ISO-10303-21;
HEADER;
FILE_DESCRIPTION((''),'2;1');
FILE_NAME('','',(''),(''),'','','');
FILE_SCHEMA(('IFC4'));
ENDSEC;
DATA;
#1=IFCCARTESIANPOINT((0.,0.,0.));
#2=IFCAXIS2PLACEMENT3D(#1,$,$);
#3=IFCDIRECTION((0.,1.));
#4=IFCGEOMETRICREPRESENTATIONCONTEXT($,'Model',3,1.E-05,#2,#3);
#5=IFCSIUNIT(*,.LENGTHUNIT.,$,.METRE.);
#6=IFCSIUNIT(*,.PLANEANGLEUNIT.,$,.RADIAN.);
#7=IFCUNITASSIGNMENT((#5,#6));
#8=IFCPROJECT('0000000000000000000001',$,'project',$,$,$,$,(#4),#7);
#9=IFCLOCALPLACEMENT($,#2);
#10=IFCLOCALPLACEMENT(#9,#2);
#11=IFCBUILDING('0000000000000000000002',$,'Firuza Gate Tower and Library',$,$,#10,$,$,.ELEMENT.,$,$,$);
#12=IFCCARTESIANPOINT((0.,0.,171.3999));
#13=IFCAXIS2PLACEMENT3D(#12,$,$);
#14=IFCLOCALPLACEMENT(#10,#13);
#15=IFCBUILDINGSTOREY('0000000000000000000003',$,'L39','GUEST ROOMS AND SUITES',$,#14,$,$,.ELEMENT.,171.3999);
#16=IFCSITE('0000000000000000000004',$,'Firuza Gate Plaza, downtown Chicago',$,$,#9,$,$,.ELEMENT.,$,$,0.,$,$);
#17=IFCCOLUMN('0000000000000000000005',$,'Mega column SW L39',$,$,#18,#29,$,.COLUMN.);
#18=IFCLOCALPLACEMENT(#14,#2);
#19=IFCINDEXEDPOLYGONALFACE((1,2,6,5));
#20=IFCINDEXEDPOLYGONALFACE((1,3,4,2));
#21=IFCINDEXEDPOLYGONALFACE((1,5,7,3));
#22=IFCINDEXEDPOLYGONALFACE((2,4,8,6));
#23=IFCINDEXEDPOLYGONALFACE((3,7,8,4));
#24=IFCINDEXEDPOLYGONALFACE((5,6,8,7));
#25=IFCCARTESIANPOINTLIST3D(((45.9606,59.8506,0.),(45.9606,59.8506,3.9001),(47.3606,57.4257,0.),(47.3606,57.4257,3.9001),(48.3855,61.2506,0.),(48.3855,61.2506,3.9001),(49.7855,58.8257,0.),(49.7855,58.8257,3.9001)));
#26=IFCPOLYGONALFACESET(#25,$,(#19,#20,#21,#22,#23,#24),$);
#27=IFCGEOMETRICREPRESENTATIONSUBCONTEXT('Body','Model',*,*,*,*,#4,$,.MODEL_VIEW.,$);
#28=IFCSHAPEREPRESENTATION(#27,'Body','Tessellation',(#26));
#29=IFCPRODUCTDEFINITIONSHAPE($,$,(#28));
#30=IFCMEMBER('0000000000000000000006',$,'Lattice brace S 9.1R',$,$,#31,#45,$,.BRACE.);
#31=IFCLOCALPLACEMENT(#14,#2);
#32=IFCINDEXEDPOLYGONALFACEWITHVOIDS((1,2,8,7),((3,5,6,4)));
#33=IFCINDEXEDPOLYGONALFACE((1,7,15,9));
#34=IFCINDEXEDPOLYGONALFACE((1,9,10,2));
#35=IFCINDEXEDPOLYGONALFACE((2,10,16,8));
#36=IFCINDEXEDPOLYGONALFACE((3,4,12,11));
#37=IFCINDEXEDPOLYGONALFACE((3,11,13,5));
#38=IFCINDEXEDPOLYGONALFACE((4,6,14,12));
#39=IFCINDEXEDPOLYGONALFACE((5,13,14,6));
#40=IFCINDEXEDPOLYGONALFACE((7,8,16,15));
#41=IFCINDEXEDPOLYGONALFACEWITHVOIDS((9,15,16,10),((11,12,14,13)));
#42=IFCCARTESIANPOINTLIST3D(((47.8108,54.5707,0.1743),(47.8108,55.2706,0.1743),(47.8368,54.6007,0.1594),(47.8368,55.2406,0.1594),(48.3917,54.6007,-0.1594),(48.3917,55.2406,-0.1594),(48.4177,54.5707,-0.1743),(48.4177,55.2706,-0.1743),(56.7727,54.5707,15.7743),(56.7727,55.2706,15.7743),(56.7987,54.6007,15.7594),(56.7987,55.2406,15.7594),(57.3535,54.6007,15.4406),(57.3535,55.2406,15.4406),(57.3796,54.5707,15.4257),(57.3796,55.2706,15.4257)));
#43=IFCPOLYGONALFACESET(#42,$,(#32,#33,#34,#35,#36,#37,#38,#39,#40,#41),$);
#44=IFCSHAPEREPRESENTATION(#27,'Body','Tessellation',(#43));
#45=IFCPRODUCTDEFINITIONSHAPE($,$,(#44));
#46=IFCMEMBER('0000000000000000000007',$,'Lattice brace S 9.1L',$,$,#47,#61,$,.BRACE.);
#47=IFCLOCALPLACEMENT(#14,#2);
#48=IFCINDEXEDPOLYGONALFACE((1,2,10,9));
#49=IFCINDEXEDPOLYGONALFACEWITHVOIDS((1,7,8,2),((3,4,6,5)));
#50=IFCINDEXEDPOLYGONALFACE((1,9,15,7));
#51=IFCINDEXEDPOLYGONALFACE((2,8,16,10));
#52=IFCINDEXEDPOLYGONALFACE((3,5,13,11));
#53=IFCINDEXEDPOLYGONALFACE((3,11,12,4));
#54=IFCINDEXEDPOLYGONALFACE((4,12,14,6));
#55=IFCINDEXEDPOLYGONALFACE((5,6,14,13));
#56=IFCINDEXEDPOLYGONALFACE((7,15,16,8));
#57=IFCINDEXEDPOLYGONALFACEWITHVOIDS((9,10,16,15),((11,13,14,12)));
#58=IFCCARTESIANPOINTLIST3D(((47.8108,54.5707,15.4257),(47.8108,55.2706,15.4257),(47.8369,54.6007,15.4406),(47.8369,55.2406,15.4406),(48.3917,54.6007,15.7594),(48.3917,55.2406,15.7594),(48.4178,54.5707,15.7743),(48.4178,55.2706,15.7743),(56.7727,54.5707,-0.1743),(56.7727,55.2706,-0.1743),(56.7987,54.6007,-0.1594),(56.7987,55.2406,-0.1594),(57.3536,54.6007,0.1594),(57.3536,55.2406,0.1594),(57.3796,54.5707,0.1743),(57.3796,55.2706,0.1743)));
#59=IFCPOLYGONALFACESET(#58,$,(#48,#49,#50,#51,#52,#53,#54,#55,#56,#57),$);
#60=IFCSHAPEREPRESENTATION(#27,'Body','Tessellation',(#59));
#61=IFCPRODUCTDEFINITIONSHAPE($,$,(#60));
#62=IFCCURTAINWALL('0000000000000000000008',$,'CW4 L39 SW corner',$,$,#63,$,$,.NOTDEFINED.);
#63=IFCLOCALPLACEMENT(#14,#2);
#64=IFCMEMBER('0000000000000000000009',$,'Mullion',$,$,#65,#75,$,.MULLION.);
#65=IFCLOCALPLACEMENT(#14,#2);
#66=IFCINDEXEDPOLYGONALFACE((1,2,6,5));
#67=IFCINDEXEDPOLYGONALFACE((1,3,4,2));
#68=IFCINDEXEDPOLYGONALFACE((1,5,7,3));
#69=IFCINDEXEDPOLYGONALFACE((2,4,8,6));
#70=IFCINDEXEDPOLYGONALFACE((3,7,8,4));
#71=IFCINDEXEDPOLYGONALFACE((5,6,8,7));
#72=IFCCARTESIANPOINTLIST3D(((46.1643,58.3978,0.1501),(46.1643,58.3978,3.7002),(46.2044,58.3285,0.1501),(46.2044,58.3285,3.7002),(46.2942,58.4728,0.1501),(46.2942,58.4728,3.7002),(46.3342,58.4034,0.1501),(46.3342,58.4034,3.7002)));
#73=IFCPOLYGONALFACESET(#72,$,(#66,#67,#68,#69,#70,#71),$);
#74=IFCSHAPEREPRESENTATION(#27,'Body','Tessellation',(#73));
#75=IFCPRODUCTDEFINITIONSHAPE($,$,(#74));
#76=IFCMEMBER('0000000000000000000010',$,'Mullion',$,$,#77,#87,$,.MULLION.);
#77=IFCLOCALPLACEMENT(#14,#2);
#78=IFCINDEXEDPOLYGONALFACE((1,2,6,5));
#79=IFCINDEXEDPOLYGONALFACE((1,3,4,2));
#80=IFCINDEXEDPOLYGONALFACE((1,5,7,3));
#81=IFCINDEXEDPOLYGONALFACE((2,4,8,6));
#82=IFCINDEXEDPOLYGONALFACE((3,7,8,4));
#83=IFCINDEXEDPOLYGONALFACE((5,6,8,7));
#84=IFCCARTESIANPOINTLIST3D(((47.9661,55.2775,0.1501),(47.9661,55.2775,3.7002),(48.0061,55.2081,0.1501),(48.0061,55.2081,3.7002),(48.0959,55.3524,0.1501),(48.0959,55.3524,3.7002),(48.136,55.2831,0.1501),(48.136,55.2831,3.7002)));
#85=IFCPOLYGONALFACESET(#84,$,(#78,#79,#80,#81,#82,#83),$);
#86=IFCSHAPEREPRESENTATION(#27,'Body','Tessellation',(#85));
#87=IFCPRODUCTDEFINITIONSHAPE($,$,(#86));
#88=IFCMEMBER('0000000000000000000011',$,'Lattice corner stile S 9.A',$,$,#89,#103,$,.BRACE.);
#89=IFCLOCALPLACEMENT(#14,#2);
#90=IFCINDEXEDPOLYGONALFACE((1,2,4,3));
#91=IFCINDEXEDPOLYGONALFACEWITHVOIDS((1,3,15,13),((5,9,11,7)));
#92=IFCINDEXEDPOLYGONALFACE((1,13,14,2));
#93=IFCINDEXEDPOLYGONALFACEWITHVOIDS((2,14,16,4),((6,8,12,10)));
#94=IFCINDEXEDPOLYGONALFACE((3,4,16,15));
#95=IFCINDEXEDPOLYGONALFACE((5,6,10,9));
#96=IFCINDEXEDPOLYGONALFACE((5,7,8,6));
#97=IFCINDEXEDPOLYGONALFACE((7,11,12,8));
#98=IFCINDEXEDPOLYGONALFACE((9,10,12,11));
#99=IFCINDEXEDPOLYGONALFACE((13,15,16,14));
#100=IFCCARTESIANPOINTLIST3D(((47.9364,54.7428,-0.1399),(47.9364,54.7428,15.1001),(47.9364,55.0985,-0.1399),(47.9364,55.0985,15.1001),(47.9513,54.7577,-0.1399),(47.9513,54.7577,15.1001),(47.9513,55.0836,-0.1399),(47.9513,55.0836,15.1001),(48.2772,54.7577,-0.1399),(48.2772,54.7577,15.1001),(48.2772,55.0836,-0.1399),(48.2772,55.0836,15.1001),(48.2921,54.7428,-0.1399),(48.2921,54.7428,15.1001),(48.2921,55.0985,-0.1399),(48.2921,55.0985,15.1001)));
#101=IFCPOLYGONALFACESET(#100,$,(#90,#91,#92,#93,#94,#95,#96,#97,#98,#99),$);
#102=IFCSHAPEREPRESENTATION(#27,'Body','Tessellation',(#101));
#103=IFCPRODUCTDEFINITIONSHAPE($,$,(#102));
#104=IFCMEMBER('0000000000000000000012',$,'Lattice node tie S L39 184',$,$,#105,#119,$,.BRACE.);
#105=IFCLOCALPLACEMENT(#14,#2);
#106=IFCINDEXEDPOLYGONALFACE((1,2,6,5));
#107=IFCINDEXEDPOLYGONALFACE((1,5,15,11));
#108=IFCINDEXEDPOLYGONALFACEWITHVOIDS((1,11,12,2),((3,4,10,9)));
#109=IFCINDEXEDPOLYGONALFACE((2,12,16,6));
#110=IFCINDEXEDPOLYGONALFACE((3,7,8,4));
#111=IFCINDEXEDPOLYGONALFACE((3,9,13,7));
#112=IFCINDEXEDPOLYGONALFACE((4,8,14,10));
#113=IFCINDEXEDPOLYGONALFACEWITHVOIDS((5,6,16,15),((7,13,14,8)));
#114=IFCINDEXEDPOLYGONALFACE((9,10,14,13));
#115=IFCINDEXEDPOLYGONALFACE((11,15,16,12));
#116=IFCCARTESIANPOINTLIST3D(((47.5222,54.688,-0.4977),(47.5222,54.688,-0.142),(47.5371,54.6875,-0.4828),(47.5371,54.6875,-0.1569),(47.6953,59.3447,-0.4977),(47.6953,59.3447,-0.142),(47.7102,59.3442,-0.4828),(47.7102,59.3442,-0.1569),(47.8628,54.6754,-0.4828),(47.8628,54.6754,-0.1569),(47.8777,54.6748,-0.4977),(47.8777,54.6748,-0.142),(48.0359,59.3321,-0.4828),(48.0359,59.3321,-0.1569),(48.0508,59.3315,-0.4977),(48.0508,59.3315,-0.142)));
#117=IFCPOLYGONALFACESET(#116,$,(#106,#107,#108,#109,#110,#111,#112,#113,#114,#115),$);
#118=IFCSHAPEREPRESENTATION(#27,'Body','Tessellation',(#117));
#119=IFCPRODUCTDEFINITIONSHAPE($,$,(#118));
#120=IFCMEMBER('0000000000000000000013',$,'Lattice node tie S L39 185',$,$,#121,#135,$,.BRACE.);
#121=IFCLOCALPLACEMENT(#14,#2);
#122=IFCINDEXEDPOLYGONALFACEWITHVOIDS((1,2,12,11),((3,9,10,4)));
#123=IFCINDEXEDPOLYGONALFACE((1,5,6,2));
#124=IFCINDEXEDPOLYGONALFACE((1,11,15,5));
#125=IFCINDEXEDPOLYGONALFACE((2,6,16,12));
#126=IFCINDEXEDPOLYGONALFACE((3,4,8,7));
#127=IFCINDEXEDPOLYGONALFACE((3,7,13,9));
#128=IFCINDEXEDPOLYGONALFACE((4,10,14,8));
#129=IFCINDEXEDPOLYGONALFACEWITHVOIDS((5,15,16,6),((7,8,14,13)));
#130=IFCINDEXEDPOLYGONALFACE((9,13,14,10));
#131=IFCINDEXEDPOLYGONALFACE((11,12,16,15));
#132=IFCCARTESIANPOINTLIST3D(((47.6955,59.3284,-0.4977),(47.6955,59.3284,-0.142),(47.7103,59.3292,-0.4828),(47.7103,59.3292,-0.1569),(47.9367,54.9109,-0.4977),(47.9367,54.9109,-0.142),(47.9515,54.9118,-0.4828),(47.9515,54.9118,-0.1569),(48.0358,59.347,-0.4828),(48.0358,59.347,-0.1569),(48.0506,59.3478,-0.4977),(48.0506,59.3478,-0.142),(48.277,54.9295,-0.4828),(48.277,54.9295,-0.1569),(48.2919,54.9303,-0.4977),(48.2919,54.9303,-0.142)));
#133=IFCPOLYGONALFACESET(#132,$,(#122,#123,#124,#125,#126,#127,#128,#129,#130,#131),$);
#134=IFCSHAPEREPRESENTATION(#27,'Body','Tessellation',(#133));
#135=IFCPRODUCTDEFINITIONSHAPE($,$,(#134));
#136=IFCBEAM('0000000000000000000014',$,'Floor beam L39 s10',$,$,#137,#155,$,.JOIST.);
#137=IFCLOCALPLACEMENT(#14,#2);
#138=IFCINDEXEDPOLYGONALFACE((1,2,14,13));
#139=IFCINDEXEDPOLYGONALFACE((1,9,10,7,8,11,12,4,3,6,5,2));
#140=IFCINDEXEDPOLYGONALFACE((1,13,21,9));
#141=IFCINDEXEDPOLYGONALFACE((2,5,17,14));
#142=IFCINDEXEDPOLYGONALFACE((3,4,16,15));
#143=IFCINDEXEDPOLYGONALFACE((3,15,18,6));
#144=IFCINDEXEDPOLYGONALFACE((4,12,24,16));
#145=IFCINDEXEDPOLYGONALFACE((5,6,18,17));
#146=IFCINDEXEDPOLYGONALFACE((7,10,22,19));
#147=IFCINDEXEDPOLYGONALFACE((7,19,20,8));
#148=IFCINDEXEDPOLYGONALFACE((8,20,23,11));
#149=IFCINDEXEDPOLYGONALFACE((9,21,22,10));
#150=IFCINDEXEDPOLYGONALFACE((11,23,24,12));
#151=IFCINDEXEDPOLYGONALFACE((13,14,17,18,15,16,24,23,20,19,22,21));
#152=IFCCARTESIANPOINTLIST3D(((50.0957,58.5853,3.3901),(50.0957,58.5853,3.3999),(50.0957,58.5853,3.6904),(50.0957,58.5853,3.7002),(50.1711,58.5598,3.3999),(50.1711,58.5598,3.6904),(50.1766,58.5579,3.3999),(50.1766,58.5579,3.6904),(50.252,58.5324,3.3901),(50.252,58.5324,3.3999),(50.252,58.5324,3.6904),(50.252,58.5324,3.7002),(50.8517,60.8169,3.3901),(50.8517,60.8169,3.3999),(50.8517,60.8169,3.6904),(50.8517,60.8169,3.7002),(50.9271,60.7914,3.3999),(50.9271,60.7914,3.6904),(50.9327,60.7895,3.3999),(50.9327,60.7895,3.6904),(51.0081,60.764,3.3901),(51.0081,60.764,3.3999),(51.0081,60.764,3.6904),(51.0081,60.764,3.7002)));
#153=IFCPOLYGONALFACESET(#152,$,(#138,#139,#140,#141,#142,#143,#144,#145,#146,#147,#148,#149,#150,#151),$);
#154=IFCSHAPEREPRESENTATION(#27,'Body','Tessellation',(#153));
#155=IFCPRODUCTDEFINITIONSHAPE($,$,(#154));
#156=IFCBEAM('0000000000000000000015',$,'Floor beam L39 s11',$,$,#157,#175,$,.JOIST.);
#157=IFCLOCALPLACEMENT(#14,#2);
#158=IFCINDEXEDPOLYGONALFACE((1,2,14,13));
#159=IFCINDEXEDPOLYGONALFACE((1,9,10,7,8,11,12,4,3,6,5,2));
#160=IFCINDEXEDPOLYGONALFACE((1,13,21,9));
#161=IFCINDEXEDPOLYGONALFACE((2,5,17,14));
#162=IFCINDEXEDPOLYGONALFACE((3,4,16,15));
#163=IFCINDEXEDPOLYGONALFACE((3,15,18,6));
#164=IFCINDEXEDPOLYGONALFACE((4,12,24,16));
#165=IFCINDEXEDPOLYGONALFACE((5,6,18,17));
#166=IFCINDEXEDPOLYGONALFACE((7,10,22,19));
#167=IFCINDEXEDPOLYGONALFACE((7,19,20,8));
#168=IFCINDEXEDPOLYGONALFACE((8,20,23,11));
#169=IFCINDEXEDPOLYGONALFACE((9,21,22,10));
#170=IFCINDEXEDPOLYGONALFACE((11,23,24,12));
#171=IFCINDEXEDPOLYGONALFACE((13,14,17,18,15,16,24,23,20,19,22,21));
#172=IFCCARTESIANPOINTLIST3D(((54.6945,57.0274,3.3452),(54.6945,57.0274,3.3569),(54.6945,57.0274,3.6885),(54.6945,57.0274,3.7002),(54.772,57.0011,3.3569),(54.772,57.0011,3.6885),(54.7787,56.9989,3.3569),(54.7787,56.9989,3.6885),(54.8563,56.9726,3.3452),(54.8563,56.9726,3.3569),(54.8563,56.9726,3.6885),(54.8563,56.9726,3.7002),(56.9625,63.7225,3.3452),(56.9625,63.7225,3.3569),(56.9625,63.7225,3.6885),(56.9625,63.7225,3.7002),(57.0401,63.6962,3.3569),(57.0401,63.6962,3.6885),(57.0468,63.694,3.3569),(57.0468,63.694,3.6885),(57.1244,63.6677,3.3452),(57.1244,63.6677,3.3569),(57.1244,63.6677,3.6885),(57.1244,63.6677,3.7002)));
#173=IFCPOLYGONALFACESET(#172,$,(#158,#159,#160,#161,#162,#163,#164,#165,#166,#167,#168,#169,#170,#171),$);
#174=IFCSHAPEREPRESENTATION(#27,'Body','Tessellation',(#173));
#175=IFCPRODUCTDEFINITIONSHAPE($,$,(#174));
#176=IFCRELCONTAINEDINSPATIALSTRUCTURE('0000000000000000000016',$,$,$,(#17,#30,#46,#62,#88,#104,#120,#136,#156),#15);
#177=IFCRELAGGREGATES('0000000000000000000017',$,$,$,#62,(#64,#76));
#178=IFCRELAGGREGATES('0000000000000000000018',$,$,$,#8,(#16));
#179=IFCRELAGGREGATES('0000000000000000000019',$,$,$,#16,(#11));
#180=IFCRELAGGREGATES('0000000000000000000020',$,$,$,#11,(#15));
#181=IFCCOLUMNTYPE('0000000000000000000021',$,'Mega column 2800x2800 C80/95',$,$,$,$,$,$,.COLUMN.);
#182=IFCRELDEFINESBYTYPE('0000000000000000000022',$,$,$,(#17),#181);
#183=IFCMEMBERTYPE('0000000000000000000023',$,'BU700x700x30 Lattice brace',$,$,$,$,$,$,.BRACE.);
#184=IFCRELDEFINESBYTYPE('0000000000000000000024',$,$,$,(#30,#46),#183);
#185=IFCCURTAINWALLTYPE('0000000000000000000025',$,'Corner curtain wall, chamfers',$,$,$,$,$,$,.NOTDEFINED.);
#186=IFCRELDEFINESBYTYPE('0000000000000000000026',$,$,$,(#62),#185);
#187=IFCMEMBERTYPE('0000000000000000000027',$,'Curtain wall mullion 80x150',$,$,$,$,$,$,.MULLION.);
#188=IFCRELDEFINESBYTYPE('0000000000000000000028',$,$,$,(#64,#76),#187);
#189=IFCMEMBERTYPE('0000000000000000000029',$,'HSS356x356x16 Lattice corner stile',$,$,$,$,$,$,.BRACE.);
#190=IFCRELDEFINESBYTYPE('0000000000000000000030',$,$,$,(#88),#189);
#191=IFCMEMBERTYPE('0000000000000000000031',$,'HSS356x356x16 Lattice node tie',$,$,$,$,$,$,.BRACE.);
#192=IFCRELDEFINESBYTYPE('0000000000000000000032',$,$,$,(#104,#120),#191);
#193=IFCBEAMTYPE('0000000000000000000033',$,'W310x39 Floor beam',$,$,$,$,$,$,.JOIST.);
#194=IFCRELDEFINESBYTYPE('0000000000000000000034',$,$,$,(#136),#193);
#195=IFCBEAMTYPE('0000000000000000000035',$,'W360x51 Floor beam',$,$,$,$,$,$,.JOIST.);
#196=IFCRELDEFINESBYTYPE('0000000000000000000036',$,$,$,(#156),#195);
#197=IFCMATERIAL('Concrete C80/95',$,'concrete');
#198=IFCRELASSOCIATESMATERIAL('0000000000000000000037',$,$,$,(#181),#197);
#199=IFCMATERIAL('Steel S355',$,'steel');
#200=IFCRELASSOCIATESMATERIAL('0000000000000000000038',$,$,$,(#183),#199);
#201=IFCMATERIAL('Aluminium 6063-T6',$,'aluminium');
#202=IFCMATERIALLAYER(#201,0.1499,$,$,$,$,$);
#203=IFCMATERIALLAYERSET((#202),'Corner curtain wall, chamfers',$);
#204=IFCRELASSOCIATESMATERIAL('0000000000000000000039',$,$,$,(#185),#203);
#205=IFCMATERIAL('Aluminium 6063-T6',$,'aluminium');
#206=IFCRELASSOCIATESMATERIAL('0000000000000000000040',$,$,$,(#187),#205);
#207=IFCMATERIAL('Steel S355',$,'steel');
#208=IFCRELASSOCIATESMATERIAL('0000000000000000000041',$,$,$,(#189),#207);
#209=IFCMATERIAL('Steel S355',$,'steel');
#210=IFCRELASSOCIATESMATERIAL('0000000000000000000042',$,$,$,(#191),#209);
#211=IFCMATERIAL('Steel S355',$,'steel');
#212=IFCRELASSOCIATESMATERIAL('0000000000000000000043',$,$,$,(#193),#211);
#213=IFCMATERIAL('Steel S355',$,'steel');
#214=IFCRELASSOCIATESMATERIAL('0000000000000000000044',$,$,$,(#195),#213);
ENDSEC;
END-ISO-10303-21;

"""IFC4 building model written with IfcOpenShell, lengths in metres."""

from ifc_helpers import new_model, si_unit, direction, frame, origin, origin_2d, place, context, subcontext, project, spatial, rectangle, hollow_rectangle, i_section, extrude, material, layer, layer_set, material_profile, profile_set, type_object, element, aggregate, save


model = new_model("IFC4")

# Units and contexts
model_context = context("Model", 3, precision=1e-05, world=origin(), true_north=direction((0.0, 1.0)))
body_context = subcontext(model_context, "Body", "Model", "MODEL_VIEW")
ifc_project = project(units=[si_unit("LENGTHUNIT", "METRE"), si_unit("PLANEANGLEUNIT", "RADIAN")], contexts=[model_context])

# Site, building, storey
site_placement = place(None, origin())
site = spatial("IfcSite", under=ifc_project, at=site_placement, Name="Firuza Gate Plaza, downtown Chicago", CompositionType="ELEMENT", RefElevation=0.0)
building_placement = place(site_placement, origin())
building = spatial("IfcBuilding", under=site, at=building_placement, Name="Firuza Gate Tower and Library", CompositionType="ELEMENT")
storey_placement = place(building_placement, frame((0.0, 0.0, 171.3999)))
storey = spatial("IfcBuildingStorey", under=building, at=storey_placement, Name="L39", Description="GUEST ROOMS AND SUITES", CompositionType="ELEMENT", Elevation=171.3999)

# Column
ifc_material_1 = material(Name="Concrete C80/95", Category="concrete")
ifc_material_profile_1 = material_profile(ifc_material_1, rectangle(XDim=2.8, YDim=2.8, at=origin_2d()))
ifc_profile_set_1 = profile_set([ifc_material_profile_1], Name="Concrete C80/95")
column_type = type_object("IfcColumnType", Name="Mega column 2800x2800 C80/95", PredefinedType="COLUMN", material=ifc_profile_set_1)
column_placement = place(storey_placement, frame((47.873, 59.3381, 0.0), z_axis=(0.0, 0.0, 1.0), x_axis=(0.5, -0.866025, 0.0)))
element("IfcColumn", 1, at=column_placement, inside=storey, type_object=column_type, Name="Mega column SW L39", PredefinedType="COLUMN", context=body_context, shape_type="SweptSolid", body=[
    extrude(rectangle(XDim=2.8, YDim=2.8, at=origin_2d()), origin(), (0.0, 0.0, 1.0), 3.9001),
])

# Members
ifc_material_2 = material(Name="Steel S355", Category="steel")
ifc_material_profile_2 = material_profile(ifc_material_2, hollow_rectangle(XDim=0.7, YDim=0.7, WallThickness=0.03, at=origin_2d()))
ifc_profile_set_2 = profile_set([ifc_material_profile_2], Name="Steel S355")
member_type_1 = type_object("IfcMemberType", Name="BU700x700x30 Lattice brace", PredefinedType="BRACE", material=ifc_profile_set_2)
for number, where, z_axis, x_axis, name in (
    (2, (48.1143, 54.9207, 0.0), (0.498131, 0.0, 0.867102), (0.0, 1.0, 0.0), "Lattice brace S 9.1R"),
    (3, (57.0762, 54.9207, 0.0), (-0.498131, 0.0, 0.867102), (0.0, -1.0, 0.0), "Lattice brace S 9.1L"),
):
    element("IfcMember", number, at=place(storey_placement, frame(where, z_axis=z_axis, x_axis=x_axis)), inside=storey, type_object=member_type_1, Name=name, PredefinedType="BRACE", context=body_context, shape_type="SweptSolid", body=[
        extrude(hollow_rectangle(XDim=0.7, YDim=0.7, WallThickness=0.03, at=origin_2d()), origin(), (0.0, 0.0, 1.0), 17.991),
    ])

# Curtain wall, members
ifc_material_3 = material(Name="Aluminium 6063-T6", Category="aluminium")
ifc_layer_1 = layer(ifc_material_3, 0.1499)
ifc_layer_set_1 = layer_set([ifc_layer_1], Name="Corner curtain wall, chamfers")
curtain_wall_type = type_object("IfcCurtainWallType", Name="Corner curtain wall, chamfers", PredefinedType="NOTDEFINED", material=ifc_layer_set_1)
placement_1 = place(storey_placement, origin())
curtain_wall = element("IfcCurtainWall", 4, at=placement_1, inside=storey, type_object=curtain_wall_type, Name="CW4 L39 SW corner", PredefinedType="NOTDEFINED")
ifc_material_4 = material(Name="Aluminium 6063-T6", Category="aluminium")
ifc_material_profile_3 = material_profile(ifc_material_4, rectangle(XDim=0.1499, YDim=0.0801, at=origin_2d()))
ifc_profile_set_3 = profile_set([ifc_material_profile_3], Name="Aluminium 6063-T6")
member_type_2 = type_object("IfcMemberType", Name="Curtain wall mullion 80x150", PredefinedType="MULLION", material=ifc_profile_set_3)
member_1_placement = place(storey_placement, frame((46.2493, 58.4006, 0.1501), z_axis=(0.0, 0.0, 1.0), x_axis=(0.866025, 0.5, 0.0)))
member_1 = element("IfcMember", 5, at=member_1_placement, type_object=member_type_2, Name="Mullion", PredefinedType="MULLION", context=body_context, shape_type="SweptSolid", body=[
    extrude(rectangle(XDim=0.1499, YDim=0.0801, at=origin_2d()), origin(), (0.0, 0.0, 1.0), 3.55),
])
member_2_placement = place(storey_placement, frame((48.051, 55.2803, 0.1501), z_axis=(0.0, 0.0, 1.0), x_axis=(0.866025, 0.5, 0.0)))
member_2 = element("IfcMember", 6, at=member_2_placement, type_object=member_type_2, Name="Mullion", PredefinedType="MULLION", context=body_context, shape_type="SweptSolid", body=[
    extrude(rectangle(XDim=0.1499, YDim=0.0801, at=origin_2d()), origin(), (0.0, 0.0, 1.0), 3.55),
])

# Members
ifc_material_5 = material(Name="Steel S355", Category="steel")
ifc_material_profile_4 = material_profile(ifc_material_5, hollow_rectangle(XDim=0.3557, YDim=0.3557, WallThickness=0.0149, at=origin_2d()))
ifc_profile_set_4 = profile_set([ifc_material_profile_4], Name="Steel S355")
member_type_3 = type_object("IfcMemberType", Name="HSS356x356x16 Lattice corner stile", PredefinedType="BRACE", material=ifc_profile_set_4)
member_3_placement = place(storey_placement, frame((48.1143, 54.9207, -0.1399), z_axis=(0.0, 0.0, 1.0), x_axis=(1.0, 0.0, 0.0)))
element("IfcMember", 7, at=member_3_placement, inside=storey, type_object=member_type_3, Name="Lattice corner stile S 9.A", PredefinedType="BRACE", context=body_context, shape_type="SweptSolid", body=[
    extrude(hollow_rectangle(XDim=0.3557, YDim=0.3557, WallThickness=0.0149, at=origin_2d()), origin(), (0.0, 0.0, 1.0), 15.24),
])
ifc_material_6 = material(Name="Steel S355", Category="steel")
ifc_material_profile_5 = material_profile(ifc_material_6, hollow_rectangle(XDim=0.3557, YDim=0.3557, WallThickness=0.0149, at=origin_2d()))
ifc_profile_set_5 = profile_set([ifc_material_profile_5], Name="Steel S355")
member_type_4 = type_object("IfcMemberType", Name="HSS356x356x16 Lattice node tie", PredefinedType="BRACE", material=ifc_profile_set_5)
member_4_placement = place(storey_placement, frame((47.873, 59.3381, -0.3198), z_axis=(-0.037145, -0.99931, 0.0), x_axis=(0.99931, -0.037145, 0.0)))
element("IfcMember", 8, at=member_4_placement, inside=storey, type_object=member_type_4, Name="Lattice node tie S L39 184", PredefinedType="BRACE", context=body_context, shape_type="SweptSolid", body=[
    extrude(hollow_rectangle(XDim=0.3557, YDim=0.3557, WallThickness=0.0149, at=origin_2d()), origin(), (0.0, 0.0, 1.0), 4.6599),
])
member_5_placement = place(storey_placement, frame((47.873, 59.3381, -0.3198), z_axis=(0.054523, -0.998513, 0.0), x_axis=(0.998513, 0.054523, 0.0)))
element("IfcMember", 9, at=member_5_placement, inside=storey, type_object=member_type_4, Name="Lattice node tie S L39 185", PredefinedType="BRACE", context=body_context, shape_type="SweptSolid", body=[
    extrude(hollow_rectangle(XDim=0.3557, YDim=0.3557, WallThickness=0.0149, at=origin_2d()), origin(), (0.0, 0.0, 1.0), 4.4241),
])

# Beams
ifc_material_7 = material(Name="Steel S355", Category="steel")
ifc_material_profile_6 = material_profile(ifc_material_7, i_section(OverallWidth=0.165, OverallDepth=0.3101, WebThickness=0.0059, FlangeThickness=0.0098, at=origin_2d()))
ifc_profile_set_6 = profile_set([ifc_material_profile_6], Name="Steel S355")
beam_type_1 = type_object("IfcBeamType", Name="W310x39 Floor beam", PredefinedType="JOIST", material=ifc_profile_set_6)
beam_1_placement = place(storey_placement, frame((50.1738, 58.5588, 3.5452), z_axis=(0.320886, 0.947118, 0.0), x_axis=(-0.947118, 0.320886, 0.0)))
element("IfcBeam", 10, at=beam_1_placement, inside=storey, type_object=beam_type_1, Name="Floor beam L39 s10", PredefinedType="JOIST", context=body_context, shape_type="SweptSolid", body=[
    extrude(i_section(OverallWidth=0.165, OverallDepth=0.3101, WebThickness=0.0059, FlangeThickness=0.0098, at=origin_2d()), origin(), (0.0, 0.0, 1.0), 2.3562),
])
ifc_material_8 = material(Name="Steel S355", Category="steel")
ifc_material_profile_7 = material_profile(ifc_material_8, i_section(OverallWidth=0.1709, OverallDepth=0.355, WebThickness=0.0071, FlangeThickness=0.0117, at=origin_2d()))
ifc_profile_set_7 = profile_set([ifc_material_profile_7], Name="Steel S355")
beam_type_2 = type_object("IfcBeamType", Name="W360x51 Floor beam", PredefinedType="JOIST", material=ifc_profile_set_7)
beam_2_placement = place(storey_placement, frame((54.7754, 57.0, 3.5227), z_axis=(0.320856, 0.947128, 0.0), x_axis=(-0.947128, 0.320856, 0.0)))
element("IfcBeam", 11, at=beam_2_placement, inside=storey, type_object=beam_type_2, Name="Floor beam L39 s11", PredefinedType="JOIST", context=body_context, shape_type="SweptSolid", body=[
    extrude(i_section(OverallWidth=0.1709, OverallDepth=0.355, WebThickness=0.0071, FlangeThickness=0.0117, at=origin_2d()), origin(), (0.0, 0.0, 1.0), 7.0688),
])

aggregate(curtain_wall, [member_1, member_2])

save(model, "model.ifc")
